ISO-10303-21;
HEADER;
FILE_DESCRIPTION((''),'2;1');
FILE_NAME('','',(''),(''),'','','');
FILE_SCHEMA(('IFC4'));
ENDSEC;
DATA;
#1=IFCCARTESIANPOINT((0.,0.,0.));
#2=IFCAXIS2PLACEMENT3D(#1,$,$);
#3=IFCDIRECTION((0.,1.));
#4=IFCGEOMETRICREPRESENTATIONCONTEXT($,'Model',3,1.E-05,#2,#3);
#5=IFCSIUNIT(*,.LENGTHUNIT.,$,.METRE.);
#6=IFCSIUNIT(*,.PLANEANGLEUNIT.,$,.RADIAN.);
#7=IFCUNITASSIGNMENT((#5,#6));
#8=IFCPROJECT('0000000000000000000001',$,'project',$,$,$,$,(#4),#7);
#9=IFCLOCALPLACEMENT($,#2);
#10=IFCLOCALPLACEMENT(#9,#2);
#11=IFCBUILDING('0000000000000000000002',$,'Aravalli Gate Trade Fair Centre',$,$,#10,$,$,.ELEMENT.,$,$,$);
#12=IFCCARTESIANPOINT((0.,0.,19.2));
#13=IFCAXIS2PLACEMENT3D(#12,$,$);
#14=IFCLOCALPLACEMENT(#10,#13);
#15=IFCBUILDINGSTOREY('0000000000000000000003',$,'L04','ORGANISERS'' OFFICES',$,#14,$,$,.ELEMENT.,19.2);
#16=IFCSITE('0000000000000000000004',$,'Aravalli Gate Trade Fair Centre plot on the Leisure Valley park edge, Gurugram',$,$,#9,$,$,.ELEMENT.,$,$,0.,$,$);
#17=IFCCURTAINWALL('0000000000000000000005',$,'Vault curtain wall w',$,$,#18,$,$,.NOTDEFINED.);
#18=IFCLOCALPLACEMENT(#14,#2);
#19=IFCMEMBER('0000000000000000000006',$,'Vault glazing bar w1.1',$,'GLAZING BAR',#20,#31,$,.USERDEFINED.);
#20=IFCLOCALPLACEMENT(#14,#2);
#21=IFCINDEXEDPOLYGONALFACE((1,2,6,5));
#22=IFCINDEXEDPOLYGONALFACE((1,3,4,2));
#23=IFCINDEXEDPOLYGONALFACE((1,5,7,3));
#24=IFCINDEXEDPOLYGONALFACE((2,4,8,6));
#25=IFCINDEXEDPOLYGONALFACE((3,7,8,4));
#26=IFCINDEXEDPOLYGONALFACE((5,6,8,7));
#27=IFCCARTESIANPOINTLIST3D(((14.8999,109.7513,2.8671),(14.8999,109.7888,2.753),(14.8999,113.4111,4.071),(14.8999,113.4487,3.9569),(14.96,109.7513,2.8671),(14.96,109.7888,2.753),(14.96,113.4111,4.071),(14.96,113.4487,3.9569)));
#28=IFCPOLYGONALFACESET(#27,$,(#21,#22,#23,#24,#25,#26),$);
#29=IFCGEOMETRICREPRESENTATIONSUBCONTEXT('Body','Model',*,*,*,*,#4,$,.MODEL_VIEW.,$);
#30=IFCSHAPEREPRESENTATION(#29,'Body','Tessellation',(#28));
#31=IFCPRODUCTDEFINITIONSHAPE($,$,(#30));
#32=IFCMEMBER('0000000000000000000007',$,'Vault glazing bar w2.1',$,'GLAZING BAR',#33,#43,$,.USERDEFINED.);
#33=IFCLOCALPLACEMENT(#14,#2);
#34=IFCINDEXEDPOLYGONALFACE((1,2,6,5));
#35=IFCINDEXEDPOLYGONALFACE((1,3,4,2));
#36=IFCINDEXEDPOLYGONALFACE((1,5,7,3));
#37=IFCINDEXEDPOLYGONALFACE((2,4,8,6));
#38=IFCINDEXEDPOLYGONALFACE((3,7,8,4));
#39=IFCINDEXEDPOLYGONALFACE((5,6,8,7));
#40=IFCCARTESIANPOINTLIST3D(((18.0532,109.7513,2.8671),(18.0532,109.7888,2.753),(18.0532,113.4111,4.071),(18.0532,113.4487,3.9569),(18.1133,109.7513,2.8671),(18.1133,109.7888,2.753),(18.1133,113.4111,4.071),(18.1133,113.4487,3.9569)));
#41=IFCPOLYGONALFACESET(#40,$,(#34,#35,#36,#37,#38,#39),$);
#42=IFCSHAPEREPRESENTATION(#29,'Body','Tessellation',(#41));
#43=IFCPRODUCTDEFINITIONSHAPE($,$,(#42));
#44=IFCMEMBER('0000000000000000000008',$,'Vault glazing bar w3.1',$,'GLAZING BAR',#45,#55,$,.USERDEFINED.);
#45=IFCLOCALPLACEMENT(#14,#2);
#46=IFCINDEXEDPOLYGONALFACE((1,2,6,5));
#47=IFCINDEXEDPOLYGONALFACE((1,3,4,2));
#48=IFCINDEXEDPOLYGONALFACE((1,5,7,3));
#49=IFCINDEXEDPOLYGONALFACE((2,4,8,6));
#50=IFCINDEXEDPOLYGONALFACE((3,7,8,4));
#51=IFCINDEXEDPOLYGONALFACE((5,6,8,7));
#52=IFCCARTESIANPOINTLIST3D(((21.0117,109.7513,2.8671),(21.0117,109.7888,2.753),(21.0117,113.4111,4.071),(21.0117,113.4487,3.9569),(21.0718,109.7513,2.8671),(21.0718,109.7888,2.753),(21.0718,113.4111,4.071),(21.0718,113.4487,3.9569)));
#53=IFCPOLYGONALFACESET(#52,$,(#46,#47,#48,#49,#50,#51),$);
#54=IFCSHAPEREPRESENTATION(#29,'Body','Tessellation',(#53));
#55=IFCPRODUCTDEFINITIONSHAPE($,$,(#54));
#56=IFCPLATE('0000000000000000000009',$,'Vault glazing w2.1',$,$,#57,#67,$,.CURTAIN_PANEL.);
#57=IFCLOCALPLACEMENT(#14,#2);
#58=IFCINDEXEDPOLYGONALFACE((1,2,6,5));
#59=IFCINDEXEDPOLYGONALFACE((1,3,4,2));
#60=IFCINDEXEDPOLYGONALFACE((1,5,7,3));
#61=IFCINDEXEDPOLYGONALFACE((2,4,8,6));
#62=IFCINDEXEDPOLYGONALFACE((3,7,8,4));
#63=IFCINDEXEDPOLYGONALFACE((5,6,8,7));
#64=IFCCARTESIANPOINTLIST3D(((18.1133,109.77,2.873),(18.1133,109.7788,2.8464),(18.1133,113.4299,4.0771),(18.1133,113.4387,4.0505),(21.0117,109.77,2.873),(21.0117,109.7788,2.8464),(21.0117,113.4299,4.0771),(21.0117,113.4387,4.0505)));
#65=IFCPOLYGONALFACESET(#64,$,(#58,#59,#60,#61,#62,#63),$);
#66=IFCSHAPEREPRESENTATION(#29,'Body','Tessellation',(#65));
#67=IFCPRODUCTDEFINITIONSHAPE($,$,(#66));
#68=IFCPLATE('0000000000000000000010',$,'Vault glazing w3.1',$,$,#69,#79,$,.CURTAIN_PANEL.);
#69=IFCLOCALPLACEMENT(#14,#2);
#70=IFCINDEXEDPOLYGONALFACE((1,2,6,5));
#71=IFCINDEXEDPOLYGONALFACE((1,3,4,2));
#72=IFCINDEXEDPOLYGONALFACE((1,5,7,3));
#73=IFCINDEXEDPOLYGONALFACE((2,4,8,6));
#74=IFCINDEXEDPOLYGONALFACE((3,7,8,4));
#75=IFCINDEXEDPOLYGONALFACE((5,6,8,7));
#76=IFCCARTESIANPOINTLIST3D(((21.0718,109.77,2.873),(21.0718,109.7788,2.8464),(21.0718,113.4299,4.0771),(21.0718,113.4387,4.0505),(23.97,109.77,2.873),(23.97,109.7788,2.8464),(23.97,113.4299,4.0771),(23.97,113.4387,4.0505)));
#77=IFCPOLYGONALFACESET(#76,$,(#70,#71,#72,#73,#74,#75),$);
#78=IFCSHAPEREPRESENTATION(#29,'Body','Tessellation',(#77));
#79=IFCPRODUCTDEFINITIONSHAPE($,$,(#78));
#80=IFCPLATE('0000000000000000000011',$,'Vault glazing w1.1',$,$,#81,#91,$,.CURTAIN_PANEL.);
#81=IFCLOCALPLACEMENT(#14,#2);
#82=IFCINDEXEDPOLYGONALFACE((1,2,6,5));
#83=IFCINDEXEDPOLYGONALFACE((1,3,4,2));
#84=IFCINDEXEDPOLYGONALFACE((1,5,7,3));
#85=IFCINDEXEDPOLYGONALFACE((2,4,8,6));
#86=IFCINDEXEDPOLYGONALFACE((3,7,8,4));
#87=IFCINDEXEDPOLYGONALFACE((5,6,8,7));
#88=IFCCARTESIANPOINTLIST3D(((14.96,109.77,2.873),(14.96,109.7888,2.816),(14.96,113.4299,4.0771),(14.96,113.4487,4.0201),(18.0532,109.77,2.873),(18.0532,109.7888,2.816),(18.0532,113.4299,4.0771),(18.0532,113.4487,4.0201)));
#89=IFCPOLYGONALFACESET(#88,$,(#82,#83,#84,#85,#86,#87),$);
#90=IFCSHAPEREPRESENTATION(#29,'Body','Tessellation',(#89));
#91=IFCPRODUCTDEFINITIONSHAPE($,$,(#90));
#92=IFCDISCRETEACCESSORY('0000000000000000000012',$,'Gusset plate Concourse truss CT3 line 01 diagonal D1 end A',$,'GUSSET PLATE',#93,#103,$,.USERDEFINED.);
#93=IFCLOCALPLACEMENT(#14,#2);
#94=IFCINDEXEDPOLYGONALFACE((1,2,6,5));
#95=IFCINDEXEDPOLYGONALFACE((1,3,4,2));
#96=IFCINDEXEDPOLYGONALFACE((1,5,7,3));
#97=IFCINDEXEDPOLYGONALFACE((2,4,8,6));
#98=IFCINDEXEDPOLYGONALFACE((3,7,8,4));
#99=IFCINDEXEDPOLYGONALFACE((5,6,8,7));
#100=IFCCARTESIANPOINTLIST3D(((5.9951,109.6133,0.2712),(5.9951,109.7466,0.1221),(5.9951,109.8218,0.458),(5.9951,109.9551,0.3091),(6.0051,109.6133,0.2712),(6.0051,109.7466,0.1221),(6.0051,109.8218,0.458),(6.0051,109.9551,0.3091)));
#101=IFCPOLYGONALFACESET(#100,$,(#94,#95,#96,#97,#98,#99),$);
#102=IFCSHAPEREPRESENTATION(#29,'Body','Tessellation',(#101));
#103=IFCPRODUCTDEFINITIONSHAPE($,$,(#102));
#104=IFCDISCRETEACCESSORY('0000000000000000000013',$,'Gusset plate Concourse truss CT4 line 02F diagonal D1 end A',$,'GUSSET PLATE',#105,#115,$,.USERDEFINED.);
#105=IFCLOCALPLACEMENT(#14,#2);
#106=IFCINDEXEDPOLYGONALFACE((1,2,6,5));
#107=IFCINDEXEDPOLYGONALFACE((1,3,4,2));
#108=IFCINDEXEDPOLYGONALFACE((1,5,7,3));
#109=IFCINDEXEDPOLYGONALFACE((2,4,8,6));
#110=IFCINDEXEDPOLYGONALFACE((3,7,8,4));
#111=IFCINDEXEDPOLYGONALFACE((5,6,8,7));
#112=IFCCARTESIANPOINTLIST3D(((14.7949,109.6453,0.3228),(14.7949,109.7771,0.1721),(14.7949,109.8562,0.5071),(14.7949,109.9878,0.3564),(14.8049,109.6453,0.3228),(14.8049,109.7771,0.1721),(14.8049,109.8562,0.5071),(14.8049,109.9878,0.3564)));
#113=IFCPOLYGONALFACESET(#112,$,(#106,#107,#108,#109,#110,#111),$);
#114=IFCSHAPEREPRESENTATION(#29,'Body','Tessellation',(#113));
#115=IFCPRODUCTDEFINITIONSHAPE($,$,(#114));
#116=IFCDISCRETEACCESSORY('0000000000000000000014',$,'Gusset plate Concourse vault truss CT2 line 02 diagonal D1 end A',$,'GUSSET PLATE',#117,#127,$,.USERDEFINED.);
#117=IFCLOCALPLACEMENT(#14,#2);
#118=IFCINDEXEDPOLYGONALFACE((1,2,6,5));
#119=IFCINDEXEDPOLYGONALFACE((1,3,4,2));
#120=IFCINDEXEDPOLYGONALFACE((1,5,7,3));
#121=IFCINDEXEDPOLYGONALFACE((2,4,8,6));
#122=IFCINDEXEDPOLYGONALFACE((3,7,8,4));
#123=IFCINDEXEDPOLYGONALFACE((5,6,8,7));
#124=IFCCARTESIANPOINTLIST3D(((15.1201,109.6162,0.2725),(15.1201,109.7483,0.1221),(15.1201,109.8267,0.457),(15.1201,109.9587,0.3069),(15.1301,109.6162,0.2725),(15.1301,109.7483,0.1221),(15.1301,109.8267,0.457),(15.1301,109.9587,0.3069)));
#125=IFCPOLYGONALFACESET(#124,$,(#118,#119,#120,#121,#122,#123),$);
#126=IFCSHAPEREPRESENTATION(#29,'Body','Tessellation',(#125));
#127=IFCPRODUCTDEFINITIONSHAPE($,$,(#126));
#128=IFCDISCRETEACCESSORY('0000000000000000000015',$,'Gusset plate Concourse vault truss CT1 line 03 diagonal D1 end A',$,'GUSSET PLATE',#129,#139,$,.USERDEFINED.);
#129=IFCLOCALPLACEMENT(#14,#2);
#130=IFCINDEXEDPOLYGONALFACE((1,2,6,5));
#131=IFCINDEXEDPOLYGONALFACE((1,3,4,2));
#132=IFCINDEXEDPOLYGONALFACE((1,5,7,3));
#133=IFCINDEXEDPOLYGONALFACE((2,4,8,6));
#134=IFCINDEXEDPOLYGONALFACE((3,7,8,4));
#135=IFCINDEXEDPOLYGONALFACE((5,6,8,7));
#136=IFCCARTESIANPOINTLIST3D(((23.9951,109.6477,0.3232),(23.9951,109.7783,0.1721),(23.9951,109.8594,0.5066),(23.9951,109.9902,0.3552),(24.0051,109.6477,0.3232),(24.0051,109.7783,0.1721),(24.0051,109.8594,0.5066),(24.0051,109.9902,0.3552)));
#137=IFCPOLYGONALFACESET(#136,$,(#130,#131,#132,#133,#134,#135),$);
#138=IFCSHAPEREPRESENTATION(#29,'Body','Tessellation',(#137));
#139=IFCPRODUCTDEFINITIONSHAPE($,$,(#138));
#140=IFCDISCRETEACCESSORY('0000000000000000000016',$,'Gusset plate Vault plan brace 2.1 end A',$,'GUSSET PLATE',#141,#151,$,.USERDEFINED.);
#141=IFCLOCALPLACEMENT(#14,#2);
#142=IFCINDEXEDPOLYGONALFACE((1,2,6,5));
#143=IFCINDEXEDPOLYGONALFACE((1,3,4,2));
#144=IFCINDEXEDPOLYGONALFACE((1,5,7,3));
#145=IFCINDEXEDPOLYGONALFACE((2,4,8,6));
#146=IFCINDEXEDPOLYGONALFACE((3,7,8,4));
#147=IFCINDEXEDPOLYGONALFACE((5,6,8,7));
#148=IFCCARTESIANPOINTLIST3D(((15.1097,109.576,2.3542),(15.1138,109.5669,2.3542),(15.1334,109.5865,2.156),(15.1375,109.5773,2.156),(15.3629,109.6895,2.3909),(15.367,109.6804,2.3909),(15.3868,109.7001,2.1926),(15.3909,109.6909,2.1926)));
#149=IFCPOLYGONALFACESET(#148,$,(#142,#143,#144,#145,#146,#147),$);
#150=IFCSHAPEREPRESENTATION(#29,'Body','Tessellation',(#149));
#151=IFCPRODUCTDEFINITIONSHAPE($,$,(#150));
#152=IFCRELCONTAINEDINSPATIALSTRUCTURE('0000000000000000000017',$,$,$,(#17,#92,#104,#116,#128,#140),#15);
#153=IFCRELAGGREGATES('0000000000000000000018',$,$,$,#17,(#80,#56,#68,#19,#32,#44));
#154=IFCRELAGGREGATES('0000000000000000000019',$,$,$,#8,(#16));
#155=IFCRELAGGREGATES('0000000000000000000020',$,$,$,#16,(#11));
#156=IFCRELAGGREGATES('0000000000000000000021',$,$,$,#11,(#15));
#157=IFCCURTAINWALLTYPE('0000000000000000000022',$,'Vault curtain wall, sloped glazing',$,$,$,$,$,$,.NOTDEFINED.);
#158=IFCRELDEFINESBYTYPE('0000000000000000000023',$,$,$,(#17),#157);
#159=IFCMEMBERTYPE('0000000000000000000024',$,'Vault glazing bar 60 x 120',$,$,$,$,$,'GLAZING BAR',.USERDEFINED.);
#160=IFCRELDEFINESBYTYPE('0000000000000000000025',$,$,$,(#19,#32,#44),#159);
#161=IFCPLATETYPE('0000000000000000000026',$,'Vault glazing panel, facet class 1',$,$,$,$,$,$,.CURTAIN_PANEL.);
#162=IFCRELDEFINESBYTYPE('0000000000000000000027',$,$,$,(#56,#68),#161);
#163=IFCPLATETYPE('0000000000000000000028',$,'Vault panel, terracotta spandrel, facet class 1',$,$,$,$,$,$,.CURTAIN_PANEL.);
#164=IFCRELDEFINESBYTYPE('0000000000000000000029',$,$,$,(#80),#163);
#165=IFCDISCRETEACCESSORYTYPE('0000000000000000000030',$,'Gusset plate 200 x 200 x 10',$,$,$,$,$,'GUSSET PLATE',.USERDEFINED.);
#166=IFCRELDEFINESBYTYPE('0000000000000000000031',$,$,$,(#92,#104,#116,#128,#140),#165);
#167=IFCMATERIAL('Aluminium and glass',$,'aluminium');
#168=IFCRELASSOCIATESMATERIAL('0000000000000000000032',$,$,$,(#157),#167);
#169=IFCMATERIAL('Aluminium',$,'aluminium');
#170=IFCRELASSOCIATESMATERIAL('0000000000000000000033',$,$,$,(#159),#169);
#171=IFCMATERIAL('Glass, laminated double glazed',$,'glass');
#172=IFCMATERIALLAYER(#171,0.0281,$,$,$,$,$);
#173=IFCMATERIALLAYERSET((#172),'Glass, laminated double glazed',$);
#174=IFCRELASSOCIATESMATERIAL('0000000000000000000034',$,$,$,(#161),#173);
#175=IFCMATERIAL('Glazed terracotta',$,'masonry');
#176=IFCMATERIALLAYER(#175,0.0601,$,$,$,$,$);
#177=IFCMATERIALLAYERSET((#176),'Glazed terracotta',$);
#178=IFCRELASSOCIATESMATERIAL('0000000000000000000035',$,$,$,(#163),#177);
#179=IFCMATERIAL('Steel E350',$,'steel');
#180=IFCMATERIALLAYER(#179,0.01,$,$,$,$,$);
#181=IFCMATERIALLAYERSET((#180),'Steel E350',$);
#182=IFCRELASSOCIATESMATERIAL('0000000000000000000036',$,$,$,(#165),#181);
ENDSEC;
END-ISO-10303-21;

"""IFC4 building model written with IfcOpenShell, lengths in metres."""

from ifc_helpers import new_model, si_unit, direction, frame, origin, origin_2d, place, context, subcontext, project, spatial, polyline, rectangle, outline, extrude, material, layer, layer_set, material_profile, profile_set, type_object, element, aggregate, save


model = new_model("IFC4")

# Units and contexts
model_context = context("Model", 3, precision=1e-05, world=origin(), true_north=direction((0.0, 1.0)))
body_context = subcontext(model_context, "Body", "Model", "MODEL_VIEW")
ifc_project = project(units=[si_unit("LENGTHUNIT", "METRE"), si_unit("PLANEANGLEUNIT", "RADIAN")], contexts=[model_context])

# Site, building, storey
site_placement = place(None, origin())
site = spatial("IfcSite", under=ifc_project, at=site_placement, Name="Aravalli Gate Trade Fair Centre plot on the Leisure Valley park edge, Gurugram", CompositionType="ELEMENT", RefElevation=0.0)
building_placement = place(site_placement, origin())
building = spatial("IfcBuilding", under=site, at=building_placement, Name="Aravalli Gate Trade Fair Centre", CompositionType="ELEMENT")
storey_placement = place(building_placement, frame((0.0, 0.0, 19.2)))
storey = spatial("IfcBuildingStorey", under=building, at=storey_placement, Name="L04", Description="ORGANISERS' OFFICES", CompositionType="ELEMENT", Elevation=19.2)

# Shared definitions
ifc_material_1 = material(Name="Aluminium and glass", Category="aluminium")
ifc_material_2 = material(Name="Aluminium", Category="aluminium")

# Shared definitions
ifc_material_3 = material(Name="Steel E350", Category="steel")

# Curtain wall, members, plates
curtain_wall_type_1 = type_object("IfcCurtainWallType", Name="Vault curtain wall, sloped glazing", PredefinedType="NOTDEFINED", material=ifc_material_1)
curtain_wall_1_placement = place(storey_placement, origin())
curtain_wall_1 = element("IfcCurtainWall", 1, at=curtain_wall_1_placement, inside=storey, type_object=curtain_wall_type_1, Name="Vault curtain wall w", PredefinedType="NOTDEFINED")
ifc_material_profile_1 = material_profile(ifc_material_2, rectangle(XDim=0.0601, YDim=0.1201, at=origin_2d()), Name="Vault glazing bar 60 x 120")
ifc_profile_set_1 = profile_set([ifc_material_profile_1], Name="Aluminium")
member_type_1 = type_object("IfcMemberType", Name="Vault glazing bar 60 x 120", ElementType="GLAZING BAR", PredefinedType="USERDEFINED", material=ifc_profile_set_1)
member_1_placement = place(storey_placement, frame((14.9299, 109.77, 2.8101), z_axis=(0.0, 0.94993, 0.312461), x_axis=(-1.0, 0.0, 0.0)))
member_1 = element("IfcMember", 2, at=member_1_placement, type_object=member_type_1, Name="Vault glazing bar w1.1", ObjectType="GLAZING BAR", PredefinedType="USERDEFINED", context=body_context, shape_type="SweptSolid", body=[
    extrude(rectangle(XDim=0.0601, YDim=0.1201, at=origin_2d()), origin(), (0.0, 0.0, 1.0), 3.8528),
])
member_2_placement = place(storey_placement, frame((18.0833, 109.77, 2.8101), z_axis=(0.0, 0.94993, 0.312461), x_axis=(-1.0, 0.0, 0.0)))
member_2 = element("IfcMember", 3, at=member_2_placement, type_object=member_type_1, Name="Vault glazing bar w2.1", ObjectType="GLAZING BAR", PredefinedType="USERDEFINED", context=body_context, shape_type="SweptSolid", body=[
    extrude(rectangle(XDim=0.0601, YDim=0.1201, at=origin_2d()), origin(), (0.0, 0.0, 1.0), 3.8528),
])
member_3_placement = place(storey_placement, frame((21.0417, 109.77, 2.8101), z_axis=(0.0, 0.94993, 0.312461), x_axis=(-1.0, 0.0, 0.0)))
member_3 = element("IfcMember", 4, at=member_3_placement, type_object=member_type_1, Name="Vault glazing bar w3.1", ObjectType="GLAZING BAR", PredefinedType="USERDEFINED", context=body_context, shape_type="SweptSolid", body=[
    extrude(rectangle(XDim=0.0601, YDim=0.1201, at=origin_2d()), origin(), (0.0, 0.0, 1.0), 3.8528),
])
ifc_material_4 = material(Name="Glass, laminated double glazed", Category="glass")
ifc_layer_1 = layer(ifc_material_4, 0.0281)
ifc_layer_set_1 = layer_set([ifc_layer_1], Name="Glass, laminated double glazed")
plate_type_1 = type_object("IfcPlateType", Name="Vault glazing panel, facet class 1", PredefinedType="CURTAIN_PANEL", material=ifc_layer_set_1)
plate_1_placement = place(storey_placement, frame((18.1133, 109.77, 2.873), z_axis=(0.0, -0.312518, 0.949912), x_axis=(1.0, 0.0, 0.0)))
plate_1 = element("IfcPlate", 5, at=plate_1_placement, type_object=plate_type_1, Name="Vault glazing w2.1", PredefinedType="CURTAIN_PANEL", context=body_context, shape_type="SweptSolid", body=[
    extrude(outline(polyline([(0.0, 0.0), (2.8984, 0.0), (2.8984, 3.8529), (0.0, 3.8529), (0.0, 0.0)])), origin(), (0.0, 0.0, -1.0), 0.0281),
])
plate_2_placement = place(storey_placement, frame((21.0718, 109.77, 2.873), z_axis=(0.0, -0.312518, 0.949912), x_axis=(1.0, 0.0, 0.0)))
plate_2 = element("IfcPlate", 6, at=plate_2_placement, type_object=plate_type_1, Name="Vault glazing w3.1", PredefinedType="CURTAIN_PANEL", context=body_context, shape_type="SweptSolid", body=[
    extrude(outline(polyline([(0.0, 0.0), (2.8982, 0.0), (2.8982, 3.8529), (0.0, 3.8529), (0.0, 0.0)])), origin(), (0.0, 0.0, -1.0), 0.0281),
])
ifc_material_5 = material(Name="Glazed terracotta", Category="masonry")
ifc_layer_2 = layer(ifc_material_5, 0.0601)
ifc_layer_set_2 = layer_set([ifc_layer_2], Name="Glazed terracotta")
plate_type_2 = type_object("IfcPlateType", Name="Vault panel, terracotta spandrel, facet class 1", PredefinedType="CURTAIN_PANEL", material=ifc_layer_set_2)
plate_3_placement = place(storey_placement, frame((14.96, 109.77, 2.873), z_axis=(0.0, -0.312518, 0.949912), x_axis=(1.0, 0.0, 0.0)))
plate_3 = element("IfcPlate", 7, at=plate_3_placement, type_object=plate_type_2, Name="Vault glazing w1.1", PredefinedType="CURTAIN_PANEL", context=body_context, shape_type="SweptSolid", body=[
    extrude(outline(polyline([(0.0, 0.0), (3.0933, 0.0), (3.0933, 3.8529), (0.0, 3.8529), (0.0, 0.0)])), origin(), (0.0, 0.0, -1.0), 0.0601),
])
aggregate(curtain_wall_1, [plate_3, plate_1, plate_2, member_1, member_2, member_3])

# Discrete accessories
ifc_layer_3 = layer(ifc_material_3, 0.01)
ifc_layer_set_3 = layer_set([ifc_layer_3], Name="Steel E350")
discrete_accessory_type = type_object("IfcDiscreteAccessoryType", Name="Gusset plate 200 x 200 x 10", ElementType="GUSSET PLATE", PredefinedType="USERDEFINED", material=ifc_layer_set_3)
discrete_accessory_1_placement = place(storey_placement, frame((5.9951, 109.9551, 0.3091), z_axis=(-1.0, 0.0, 0.0), x_axis=(0.0, -0.74442, -0.667712)))
element("IfcDiscreteAccessory", 8, at=discrete_accessory_1_placement, inside=storey, type_object=discrete_accessory_type, Name="Gusset plate Concourse truss CT3 line 01 diagonal D1 end A", ObjectType="GUSSET PLATE", PredefinedType="USERDEFINED", context=body_context, shape_type="SweptSolid", body=[
    extrude(outline(polyline([(0.0, 0.0), (0.2801, 0.0), (0.2797, 0.2001), (-0.0002, 0.1999), (0.0, 0.0)])), origin(), (0.0, 0.0, -1.0), 0.01),
])
discrete_accessory_2_placement = place(storey_placement, frame((14.7949, 109.9878, 0.3564), z_axis=(-1.0, 0.0, 0.0), x_axis=(0.0, -0.752631, -0.658443)))
element("IfcDiscreteAccessory", 9, at=discrete_accessory_2_placement, inside=storey, type_object=discrete_accessory_type, Name="Gusset plate Concourse truss CT4 line 02F diagonal D1 end A", ObjectType="GUSSET PLATE", PredefinedType="USERDEFINED", context=body_context, shape_type="SweptSolid", body=[
    extrude(outline(polyline([(0.0, 0.0), (0.2799, 0.0), (0.28, 0.2002), (-0.0001, 0.2), (0.0, 0.0)])), origin(), (0.0, 0.0, -1.0), 0.01),
])
discrete_accessory_3_placement = place(storey_placement, frame((15.1201, 109.9587, 0.3069), z_axis=(-1.0, 0.0, 0.0), x_axis=(0.0, -0.751388, -0.659861)))
element("IfcDiscreteAccessory", 10, at=discrete_accessory_3_placement, inside=storey, type_object=discrete_accessory_type, Name="Gusset plate Concourse vault truss CT2 line 02 diagonal D1 end A", ObjectType="GUSSET PLATE", PredefinedType="USERDEFINED", context=body_context, shape_type="SweptSolid", body=[
    extrude(outline(polyline([(0.0, 0.0), (0.2801, 0.0), (0.2801, 0.2002), (0.0002, 0.2), (0.0, 0.0)])), origin(), (0.0, 0.0, -1.0), 0.01),
])
discrete_accessory_4_placement = place(storey_placement, frame((23.9951, 109.9902, 0.3552), z_axis=(-1.0, 0.0, 0.0), x_axis=(0.0, -0.756666, -0.653801)))
element("IfcDiscreteAccessory", 11, at=discrete_accessory_4_placement, inside=storey, type_object=discrete_accessory_type, Name="Gusset plate Concourse vault truss CT1 line 03 diagonal D1 end A", ObjectType="GUSSET PLATE", PredefinedType="USERDEFINED", context=body_context, shape_type="SweptSolid", body=[
    extrude(outline(polyline([(0.0, 0.0), (0.2801, 0.0), (0.2801, 0.1997), (0.0001, 0.2001), (0.0, 0.0)])), origin(), (0.0, 0.0, -1.0), 0.01),
])
discrete_accessory_5_placement = place(storey_placement, frame((15.3909, 109.6909, 2.1926), z_axis=(0.4089, -0.912579, 0.000772), x_axis=(-0.904704, -0.405482, -0.130748)))
element("IfcDiscreteAccessory", 12, at=discrete_accessory_5_placement, inside=storey, type_object=discrete_accessory_type, Name="Gusset plate Vault plan brace 2.1 end A", ObjectType="GUSSET PLATE", PredefinedType="USERDEFINED", context=body_context, shape_type="SweptSolid", body=[
    extrude(outline(polyline([(0.0, 0.0), (0.2801, 0.0), (0.2799, -0.1999), (0.0, -0.2), (0.0, 0.0)])), origin(), (0.0, 0.0, -1.0), 0.01),
])

save(model, "model.ifc")
